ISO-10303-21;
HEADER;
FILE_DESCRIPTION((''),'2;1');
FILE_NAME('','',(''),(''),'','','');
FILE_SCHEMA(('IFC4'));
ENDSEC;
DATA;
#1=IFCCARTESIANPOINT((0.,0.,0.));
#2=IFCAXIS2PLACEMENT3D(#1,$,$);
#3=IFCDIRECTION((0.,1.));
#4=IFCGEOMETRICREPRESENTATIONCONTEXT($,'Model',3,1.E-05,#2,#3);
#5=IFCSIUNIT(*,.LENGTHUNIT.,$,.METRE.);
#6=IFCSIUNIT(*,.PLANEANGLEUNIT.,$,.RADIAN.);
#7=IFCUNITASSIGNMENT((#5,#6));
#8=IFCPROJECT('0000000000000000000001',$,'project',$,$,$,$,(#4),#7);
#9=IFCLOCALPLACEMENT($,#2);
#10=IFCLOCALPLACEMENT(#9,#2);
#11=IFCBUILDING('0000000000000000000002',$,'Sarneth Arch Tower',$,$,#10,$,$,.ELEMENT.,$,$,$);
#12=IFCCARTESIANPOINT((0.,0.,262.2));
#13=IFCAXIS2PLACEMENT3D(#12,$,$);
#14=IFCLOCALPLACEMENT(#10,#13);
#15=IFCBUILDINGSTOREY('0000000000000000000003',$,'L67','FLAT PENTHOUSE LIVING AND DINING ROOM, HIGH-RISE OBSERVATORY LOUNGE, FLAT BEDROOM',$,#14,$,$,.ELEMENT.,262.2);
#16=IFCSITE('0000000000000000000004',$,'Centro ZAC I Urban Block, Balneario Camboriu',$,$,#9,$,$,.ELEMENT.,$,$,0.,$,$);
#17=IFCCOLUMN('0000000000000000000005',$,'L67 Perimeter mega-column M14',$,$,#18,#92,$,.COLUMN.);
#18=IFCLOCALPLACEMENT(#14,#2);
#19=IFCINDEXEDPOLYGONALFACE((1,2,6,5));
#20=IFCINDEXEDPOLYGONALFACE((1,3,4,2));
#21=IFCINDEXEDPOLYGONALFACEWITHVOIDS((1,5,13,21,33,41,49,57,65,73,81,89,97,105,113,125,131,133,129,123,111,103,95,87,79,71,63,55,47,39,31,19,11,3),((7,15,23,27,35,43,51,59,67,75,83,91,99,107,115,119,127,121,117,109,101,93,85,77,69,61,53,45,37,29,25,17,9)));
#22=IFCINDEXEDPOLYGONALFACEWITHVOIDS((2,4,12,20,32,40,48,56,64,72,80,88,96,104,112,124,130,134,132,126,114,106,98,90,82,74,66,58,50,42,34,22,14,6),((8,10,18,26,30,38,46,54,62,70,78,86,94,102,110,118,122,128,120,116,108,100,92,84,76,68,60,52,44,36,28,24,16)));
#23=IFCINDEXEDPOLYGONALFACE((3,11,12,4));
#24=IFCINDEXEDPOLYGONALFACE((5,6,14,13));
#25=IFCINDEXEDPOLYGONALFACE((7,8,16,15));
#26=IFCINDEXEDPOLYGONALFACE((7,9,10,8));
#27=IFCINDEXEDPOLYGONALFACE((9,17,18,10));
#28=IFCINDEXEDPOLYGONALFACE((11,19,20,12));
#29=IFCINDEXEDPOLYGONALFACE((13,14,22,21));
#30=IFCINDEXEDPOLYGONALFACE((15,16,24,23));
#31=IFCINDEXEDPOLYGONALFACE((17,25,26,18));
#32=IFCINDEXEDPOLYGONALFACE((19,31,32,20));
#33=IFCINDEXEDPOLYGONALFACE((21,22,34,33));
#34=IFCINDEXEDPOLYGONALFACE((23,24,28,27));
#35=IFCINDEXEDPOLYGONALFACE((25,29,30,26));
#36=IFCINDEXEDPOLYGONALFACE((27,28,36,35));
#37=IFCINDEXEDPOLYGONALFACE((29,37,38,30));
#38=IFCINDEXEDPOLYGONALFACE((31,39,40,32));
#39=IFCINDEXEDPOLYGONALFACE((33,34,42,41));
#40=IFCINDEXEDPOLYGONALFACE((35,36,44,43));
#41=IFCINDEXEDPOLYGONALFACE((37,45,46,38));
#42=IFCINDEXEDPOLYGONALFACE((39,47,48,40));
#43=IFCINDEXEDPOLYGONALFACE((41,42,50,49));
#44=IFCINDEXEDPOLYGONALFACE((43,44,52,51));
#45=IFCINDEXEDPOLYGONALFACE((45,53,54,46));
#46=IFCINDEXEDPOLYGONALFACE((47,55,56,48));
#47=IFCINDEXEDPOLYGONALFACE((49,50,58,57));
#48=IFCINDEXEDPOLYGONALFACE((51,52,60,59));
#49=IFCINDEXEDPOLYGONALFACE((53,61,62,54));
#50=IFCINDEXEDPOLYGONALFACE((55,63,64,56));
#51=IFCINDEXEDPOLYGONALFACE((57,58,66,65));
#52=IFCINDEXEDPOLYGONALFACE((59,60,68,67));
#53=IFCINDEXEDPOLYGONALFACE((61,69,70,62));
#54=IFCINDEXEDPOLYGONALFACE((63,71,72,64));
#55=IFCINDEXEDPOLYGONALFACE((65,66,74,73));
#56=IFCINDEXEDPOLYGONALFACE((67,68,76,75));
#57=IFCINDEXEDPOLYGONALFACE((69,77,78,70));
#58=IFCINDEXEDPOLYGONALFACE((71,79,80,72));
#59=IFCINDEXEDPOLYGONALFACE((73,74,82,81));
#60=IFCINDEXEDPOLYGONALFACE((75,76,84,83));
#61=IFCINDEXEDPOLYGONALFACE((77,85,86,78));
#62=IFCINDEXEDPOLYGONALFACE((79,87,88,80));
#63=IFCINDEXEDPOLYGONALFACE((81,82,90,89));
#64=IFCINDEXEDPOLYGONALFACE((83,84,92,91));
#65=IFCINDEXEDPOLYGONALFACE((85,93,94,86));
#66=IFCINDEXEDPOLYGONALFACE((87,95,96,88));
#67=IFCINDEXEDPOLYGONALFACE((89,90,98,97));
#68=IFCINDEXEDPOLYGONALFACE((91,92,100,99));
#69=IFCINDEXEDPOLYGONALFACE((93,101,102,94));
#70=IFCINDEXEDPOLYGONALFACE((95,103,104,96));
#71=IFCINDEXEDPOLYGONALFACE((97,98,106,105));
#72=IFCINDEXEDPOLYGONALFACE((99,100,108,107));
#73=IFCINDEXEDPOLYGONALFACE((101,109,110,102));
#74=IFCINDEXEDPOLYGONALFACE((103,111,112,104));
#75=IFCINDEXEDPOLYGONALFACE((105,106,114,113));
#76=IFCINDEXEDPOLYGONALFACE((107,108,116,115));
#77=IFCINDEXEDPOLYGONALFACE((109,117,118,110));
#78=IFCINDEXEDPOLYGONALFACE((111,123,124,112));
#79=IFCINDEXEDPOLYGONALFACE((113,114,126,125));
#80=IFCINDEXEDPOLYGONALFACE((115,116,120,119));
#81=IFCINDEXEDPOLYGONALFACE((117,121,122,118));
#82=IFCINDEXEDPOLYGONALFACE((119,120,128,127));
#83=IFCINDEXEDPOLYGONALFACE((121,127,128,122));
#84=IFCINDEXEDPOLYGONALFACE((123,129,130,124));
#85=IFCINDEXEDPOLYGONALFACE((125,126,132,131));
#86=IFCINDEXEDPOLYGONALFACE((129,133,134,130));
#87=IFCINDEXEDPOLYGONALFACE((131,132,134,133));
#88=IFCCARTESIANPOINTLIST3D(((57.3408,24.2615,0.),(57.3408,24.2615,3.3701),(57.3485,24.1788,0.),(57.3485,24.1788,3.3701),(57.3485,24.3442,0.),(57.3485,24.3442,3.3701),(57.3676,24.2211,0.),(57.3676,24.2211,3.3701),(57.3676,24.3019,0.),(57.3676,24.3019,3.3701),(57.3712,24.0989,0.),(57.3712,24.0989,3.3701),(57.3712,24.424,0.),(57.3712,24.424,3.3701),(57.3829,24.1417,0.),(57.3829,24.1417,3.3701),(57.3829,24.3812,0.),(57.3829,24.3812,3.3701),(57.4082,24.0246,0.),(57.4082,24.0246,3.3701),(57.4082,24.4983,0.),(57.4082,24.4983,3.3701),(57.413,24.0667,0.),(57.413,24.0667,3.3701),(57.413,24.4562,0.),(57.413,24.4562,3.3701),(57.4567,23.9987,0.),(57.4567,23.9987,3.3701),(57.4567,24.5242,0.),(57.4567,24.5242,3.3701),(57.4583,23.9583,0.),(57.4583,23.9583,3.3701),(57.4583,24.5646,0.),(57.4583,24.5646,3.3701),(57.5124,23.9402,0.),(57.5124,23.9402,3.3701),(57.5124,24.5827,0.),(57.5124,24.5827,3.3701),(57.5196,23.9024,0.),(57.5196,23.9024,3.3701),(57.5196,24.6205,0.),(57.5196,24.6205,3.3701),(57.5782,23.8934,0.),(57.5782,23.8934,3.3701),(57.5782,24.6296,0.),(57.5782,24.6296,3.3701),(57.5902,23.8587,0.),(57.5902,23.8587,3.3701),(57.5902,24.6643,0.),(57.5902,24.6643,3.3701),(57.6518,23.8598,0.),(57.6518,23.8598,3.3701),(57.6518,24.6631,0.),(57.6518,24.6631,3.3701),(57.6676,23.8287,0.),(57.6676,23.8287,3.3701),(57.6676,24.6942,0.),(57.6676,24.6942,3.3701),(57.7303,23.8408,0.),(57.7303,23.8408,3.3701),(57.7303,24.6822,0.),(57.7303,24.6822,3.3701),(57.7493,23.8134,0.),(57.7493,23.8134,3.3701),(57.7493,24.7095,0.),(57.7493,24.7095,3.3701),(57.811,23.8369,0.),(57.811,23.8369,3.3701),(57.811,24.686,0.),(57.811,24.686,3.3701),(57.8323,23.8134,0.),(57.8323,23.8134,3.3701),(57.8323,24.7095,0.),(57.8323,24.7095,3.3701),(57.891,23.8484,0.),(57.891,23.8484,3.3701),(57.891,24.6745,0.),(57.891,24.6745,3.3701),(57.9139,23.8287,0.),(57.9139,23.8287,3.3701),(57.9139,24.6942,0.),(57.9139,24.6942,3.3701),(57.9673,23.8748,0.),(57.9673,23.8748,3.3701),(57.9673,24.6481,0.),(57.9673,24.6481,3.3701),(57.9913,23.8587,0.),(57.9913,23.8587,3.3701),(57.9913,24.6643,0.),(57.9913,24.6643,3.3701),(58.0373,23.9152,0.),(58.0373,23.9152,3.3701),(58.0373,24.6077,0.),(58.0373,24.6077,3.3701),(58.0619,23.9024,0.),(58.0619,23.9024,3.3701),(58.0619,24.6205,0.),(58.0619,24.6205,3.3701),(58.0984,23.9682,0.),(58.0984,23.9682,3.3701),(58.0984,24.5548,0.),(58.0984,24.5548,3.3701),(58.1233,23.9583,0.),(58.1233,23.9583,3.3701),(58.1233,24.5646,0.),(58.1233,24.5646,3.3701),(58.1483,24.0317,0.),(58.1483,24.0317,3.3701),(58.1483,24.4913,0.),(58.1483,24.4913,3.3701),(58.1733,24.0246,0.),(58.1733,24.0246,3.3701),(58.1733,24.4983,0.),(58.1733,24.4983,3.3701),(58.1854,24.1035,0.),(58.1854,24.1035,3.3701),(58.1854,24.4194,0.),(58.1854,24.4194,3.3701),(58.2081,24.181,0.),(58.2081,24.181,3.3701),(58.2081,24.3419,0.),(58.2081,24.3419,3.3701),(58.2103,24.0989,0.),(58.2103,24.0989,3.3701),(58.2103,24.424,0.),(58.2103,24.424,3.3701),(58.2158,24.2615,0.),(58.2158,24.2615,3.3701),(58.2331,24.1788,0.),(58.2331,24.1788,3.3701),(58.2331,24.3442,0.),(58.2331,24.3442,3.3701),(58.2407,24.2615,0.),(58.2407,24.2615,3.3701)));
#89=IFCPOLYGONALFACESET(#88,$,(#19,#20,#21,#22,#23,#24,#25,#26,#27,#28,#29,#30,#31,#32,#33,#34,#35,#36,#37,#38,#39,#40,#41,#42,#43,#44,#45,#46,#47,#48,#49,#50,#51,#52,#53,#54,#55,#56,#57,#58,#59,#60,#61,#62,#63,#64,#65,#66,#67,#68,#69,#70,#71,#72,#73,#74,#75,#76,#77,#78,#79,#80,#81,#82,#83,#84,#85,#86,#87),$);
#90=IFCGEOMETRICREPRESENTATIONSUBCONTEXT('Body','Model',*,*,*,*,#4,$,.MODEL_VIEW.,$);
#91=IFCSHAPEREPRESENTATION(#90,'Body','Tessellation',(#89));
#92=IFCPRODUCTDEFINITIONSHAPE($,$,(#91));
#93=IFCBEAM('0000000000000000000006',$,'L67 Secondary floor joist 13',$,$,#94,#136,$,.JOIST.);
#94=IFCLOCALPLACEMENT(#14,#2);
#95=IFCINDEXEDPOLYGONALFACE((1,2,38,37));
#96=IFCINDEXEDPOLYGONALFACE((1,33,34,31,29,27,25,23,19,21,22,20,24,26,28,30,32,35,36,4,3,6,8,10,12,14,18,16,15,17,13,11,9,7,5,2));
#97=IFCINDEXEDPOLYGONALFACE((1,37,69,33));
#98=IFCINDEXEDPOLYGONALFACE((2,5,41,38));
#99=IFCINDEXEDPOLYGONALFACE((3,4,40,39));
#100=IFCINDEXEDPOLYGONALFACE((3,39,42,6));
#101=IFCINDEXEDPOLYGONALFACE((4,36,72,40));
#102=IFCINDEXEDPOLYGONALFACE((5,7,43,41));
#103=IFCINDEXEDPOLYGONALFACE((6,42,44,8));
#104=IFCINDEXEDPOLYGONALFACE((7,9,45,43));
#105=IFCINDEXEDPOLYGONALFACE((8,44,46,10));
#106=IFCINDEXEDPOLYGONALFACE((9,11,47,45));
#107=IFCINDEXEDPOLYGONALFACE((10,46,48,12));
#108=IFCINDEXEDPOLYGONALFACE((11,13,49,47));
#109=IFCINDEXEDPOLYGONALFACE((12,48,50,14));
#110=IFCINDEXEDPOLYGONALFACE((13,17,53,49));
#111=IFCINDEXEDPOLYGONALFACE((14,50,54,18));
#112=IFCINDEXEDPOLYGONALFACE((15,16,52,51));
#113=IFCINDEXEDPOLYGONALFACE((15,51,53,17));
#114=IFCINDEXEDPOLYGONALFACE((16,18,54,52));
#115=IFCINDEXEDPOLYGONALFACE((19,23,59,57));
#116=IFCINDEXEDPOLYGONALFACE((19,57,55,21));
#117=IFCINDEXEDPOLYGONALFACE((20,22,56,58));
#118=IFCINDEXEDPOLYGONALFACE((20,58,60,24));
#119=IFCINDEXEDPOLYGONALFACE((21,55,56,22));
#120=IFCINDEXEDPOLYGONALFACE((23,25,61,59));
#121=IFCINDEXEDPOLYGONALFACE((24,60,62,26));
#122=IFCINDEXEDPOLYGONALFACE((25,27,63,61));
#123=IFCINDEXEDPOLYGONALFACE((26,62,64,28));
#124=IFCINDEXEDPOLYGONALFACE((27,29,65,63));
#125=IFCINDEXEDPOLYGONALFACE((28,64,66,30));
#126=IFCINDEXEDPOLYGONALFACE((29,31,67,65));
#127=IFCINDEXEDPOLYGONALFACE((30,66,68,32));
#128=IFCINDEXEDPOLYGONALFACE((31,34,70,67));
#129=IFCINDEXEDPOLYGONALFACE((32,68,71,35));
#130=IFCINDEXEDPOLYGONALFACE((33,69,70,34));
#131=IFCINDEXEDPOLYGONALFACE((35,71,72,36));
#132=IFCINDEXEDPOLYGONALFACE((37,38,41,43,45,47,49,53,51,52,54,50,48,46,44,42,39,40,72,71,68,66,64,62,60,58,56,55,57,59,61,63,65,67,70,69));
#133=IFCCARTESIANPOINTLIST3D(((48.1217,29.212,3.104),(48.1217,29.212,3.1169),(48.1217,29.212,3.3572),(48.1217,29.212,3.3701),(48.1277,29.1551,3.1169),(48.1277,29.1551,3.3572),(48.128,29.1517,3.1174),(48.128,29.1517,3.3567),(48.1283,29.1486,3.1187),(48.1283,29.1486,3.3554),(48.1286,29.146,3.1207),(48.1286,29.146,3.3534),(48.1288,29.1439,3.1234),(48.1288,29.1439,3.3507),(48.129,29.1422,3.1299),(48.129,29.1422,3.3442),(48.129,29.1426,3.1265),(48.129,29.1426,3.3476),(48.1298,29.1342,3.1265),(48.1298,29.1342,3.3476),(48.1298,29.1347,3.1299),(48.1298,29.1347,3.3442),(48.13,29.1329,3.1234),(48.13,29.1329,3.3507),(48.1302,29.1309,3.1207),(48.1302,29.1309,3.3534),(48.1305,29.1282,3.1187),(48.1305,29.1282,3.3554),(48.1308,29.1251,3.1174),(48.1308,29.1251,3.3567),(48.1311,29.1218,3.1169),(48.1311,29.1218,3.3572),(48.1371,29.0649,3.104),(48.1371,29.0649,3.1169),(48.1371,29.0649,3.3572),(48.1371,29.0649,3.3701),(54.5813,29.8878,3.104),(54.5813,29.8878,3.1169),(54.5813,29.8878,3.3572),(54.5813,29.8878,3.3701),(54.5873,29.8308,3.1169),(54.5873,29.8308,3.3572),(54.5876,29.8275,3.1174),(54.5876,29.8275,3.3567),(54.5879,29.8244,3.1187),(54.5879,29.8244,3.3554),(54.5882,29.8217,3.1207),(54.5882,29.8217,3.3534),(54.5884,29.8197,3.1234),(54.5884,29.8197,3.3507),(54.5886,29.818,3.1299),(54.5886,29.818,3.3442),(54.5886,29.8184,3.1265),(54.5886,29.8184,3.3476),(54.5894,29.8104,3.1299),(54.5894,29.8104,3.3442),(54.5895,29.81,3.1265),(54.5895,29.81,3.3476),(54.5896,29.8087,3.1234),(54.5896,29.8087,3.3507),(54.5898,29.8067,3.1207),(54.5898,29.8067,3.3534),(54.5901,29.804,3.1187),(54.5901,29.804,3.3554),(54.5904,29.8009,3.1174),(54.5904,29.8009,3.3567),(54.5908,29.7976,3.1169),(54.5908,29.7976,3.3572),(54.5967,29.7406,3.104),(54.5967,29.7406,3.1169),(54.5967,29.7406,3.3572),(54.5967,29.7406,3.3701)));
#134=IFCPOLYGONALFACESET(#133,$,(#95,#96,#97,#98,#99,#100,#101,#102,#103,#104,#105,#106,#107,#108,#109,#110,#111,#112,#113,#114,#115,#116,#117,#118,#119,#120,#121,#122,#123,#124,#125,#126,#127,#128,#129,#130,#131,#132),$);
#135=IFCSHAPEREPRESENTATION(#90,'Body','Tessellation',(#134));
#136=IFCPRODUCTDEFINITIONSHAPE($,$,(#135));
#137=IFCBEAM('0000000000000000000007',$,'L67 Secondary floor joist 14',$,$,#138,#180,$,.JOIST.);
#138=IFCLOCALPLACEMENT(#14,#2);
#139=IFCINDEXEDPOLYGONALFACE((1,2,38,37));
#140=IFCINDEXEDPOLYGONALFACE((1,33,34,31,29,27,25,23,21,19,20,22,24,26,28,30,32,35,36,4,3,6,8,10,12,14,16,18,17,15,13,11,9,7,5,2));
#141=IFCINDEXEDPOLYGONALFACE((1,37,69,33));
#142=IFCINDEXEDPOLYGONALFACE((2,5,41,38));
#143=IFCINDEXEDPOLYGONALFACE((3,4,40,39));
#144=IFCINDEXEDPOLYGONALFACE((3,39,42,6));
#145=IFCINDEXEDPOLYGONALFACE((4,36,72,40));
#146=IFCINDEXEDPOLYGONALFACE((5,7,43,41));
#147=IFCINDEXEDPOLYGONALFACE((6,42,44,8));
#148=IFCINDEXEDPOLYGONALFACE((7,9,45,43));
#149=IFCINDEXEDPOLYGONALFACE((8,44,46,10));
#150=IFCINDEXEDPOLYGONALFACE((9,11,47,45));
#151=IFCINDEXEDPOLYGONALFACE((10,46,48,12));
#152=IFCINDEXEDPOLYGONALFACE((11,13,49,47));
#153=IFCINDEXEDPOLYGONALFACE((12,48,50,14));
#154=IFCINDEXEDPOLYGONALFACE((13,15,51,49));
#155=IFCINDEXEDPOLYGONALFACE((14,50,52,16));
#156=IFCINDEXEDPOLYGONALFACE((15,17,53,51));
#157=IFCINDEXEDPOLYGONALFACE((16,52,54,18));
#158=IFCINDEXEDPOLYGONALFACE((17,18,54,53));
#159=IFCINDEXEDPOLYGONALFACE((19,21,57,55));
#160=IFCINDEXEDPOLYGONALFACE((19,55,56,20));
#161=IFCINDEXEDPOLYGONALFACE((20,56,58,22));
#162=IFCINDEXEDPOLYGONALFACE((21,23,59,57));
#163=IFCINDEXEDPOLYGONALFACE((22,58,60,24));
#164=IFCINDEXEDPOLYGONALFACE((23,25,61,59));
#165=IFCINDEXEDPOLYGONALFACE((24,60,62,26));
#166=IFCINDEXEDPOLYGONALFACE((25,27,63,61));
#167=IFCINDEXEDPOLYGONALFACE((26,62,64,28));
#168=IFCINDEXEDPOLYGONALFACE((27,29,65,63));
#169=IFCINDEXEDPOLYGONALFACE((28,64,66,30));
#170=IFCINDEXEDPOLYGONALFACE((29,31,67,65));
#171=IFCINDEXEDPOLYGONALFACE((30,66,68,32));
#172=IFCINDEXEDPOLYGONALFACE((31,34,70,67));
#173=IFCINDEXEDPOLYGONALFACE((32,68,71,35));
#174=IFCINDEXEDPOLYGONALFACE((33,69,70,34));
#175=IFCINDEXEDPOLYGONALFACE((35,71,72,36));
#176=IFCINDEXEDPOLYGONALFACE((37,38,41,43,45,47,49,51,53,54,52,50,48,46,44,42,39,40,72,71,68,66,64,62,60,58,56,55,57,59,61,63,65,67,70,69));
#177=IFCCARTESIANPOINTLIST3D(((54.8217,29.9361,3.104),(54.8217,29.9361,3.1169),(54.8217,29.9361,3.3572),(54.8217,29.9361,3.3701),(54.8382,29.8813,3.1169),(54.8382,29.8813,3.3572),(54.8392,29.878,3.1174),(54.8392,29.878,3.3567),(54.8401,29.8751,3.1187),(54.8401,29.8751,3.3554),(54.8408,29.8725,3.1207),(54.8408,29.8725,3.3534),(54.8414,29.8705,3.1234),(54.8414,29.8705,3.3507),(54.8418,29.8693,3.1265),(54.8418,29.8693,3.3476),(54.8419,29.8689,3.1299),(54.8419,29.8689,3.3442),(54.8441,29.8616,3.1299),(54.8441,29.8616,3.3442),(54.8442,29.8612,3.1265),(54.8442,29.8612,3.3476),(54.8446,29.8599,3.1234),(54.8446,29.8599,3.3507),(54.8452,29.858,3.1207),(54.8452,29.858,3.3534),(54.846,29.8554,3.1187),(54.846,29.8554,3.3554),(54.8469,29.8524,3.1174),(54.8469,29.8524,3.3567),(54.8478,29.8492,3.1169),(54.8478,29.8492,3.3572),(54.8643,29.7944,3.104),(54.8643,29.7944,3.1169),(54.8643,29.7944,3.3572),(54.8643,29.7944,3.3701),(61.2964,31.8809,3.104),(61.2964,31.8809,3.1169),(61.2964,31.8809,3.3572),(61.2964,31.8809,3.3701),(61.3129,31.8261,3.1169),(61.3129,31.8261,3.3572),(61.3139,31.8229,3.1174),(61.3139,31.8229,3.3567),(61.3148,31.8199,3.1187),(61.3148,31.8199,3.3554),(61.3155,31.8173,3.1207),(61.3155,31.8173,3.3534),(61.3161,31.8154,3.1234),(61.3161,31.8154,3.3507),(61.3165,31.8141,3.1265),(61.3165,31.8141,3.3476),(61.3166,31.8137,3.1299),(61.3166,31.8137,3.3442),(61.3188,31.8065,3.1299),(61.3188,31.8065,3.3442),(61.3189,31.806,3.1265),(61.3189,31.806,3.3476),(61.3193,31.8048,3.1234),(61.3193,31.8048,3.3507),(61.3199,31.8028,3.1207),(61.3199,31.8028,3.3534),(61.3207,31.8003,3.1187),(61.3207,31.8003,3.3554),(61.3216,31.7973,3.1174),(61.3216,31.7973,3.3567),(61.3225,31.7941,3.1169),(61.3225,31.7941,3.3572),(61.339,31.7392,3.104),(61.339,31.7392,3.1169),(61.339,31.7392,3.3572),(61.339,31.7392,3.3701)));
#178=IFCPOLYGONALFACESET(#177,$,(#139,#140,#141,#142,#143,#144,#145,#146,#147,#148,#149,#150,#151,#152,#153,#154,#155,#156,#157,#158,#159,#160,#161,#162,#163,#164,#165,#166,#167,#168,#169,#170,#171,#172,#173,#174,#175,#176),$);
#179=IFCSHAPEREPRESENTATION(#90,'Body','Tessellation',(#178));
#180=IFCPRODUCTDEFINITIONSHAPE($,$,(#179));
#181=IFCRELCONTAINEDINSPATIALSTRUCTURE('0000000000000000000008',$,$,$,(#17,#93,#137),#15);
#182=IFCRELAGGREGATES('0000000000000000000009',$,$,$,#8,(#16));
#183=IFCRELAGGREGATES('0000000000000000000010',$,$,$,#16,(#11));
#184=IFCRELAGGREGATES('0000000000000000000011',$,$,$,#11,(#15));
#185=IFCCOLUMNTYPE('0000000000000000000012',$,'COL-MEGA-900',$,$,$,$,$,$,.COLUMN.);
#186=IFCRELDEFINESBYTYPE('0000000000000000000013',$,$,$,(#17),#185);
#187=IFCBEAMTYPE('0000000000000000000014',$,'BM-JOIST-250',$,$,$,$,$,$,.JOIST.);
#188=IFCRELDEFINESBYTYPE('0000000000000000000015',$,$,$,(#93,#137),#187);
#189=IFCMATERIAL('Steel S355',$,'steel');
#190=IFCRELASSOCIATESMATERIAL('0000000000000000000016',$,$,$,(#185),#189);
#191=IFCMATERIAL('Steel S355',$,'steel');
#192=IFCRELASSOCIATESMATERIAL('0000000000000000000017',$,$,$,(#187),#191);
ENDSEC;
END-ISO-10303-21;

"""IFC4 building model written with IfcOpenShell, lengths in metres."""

from ifc_helpers import new_model, si_unit, direction, frame, origin, origin_2d, place, context, subcontext, project, spatial, hollow_circle, i_section, extrude, material, material_profile, profile_set, type_object, element, save


model = new_model("IFC4")

# Units and contexts
model_context = context("Model", 3, precision=1e-05, world=origin(), true_north=direction((0.0, 1.0)))
body_context = subcontext(model_context, "Body", "Model", "MODEL_VIEW")
ifc_project = project(units=[si_unit("LENGTHUNIT", "METRE"), si_unit("PLANEANGLEUNIT", "RADIAN")], contexts=[model_context])

# Site, building, storey
site_placement = place(None, origin())
site = spatial("IfcSite", under=ifc_project, at=site_placement, Name="Centro ZAC I Urban Block, Balneario Camboriu", CompositionType="ELEMENT", RefElevation=0.0)
building_placement = place(site_placement, origin())
building = spatial("IfcBuilding", under=site, at=building_placement, Name="Sarneth Arch Tower", CompositionType="ELEMENT")
storey_placement = place(building_placement, frame((0.0, 0.0, 262.2)))
storey = spatial("IfcBuildingStorey", under=building, at=storey_placement, Name="L67", Description="FLAT PENTHOUSE LIVING AND DINING ROOM, HIGH-RISE OBSERVATORY LOUNGE, FLAT BEDROOM", CompositionType="ELEMENT", Elevation=262.2)

# Column
ifc_material_1 = material(Name="Steel S355", Category="steel")
ifc_material_profile_1 = material_profile(ifc_material_1, hollow_circle(Radius=0.45, WallThickness=0.0249, at=origin_2d()), Name="CHS900x25")
ifc_profile_set_1 = profile_set([ifc_material_profile_1], Name="Steel S355")
column_type = type_object("IfcColumnType", Name="COL-MEGA-900", PredefinedType="COLUMN", material=ifc_profile_set_1)
column_placement = place(storey_placement, frame((57.7908, 24.2615, 0.0), z_axis=(0.0, 0.0, 1.0), x_axis=(1.0, 0.0, 0.0)))
element("IfcColumn", 1, at=column_placement, inside=storey, type_object=column_type, Name="L67 Perimeter mega-column M14", PredefinedType="COLUMN", context=body_context, shape_type="SweptSolid", body=[
    extrude(hollow_circle(Radius=0.45, WallThickness=0.0249, at=origin_2d()), origin(), (0.0, 0.0, 1.0), 3.3701),
])

# Beams
ifc_material_2 = material(Name="Steel S355", Category="steel")
ifc_material_profile_2 = material_profile(ifc_material_2, i_section(OverallWidth=0.1479, OverallDepth=0.2661, WebThickness=0.0076, FlangeThickness=0.0129, FilletRadius=0.0129, at=origin_2d()), Name="W250x44.8")
ifc_profile_set_2 = profile_set([ifc_material_profile_2], Name="Steel S355")
beam_type_1 = type_object("IfcBeamType", Name="BM-JOIST-250", PredefinedType="JOIST", material=ifc_profile_set_2)
beam_1_placement = place(storey_placement, frame((48.1294, 29.1384, 3.2371), z_axis=(0.994572, 0.104047, 0.0), x_axis=(-0.104047, 0.994572, 0.0)))
element("IfcBeam", 2, at=beam_1_placement, inside=storey, type_object=beam_type_1, Name="L67 Secondary floor joist 13", PredefinedType="JOIST", context=body_context, shape_type="SweptSolid", body=[
    extrude(i_section(OverallWidth=0.1479, OverallDepth=0.2661, WebThickness=0.0076, FlangeThickness=0.0129, FilletRadius=0.0129, at=origin_2d()), origin(), (0.0, 0.0, 1.0), 6.4949),
])
beam_2_placement = place(storey_placement, frame((54.843, 29.8652, 3.2371), z_axis=(0.957727, 0.287679, 0.0), x_axis=(-0.287679, 0.957727, 0.0)))
element("IfcBeam", 3, at=beam_2_placement, inside=storey, type_object=beam_type_1, Name="L67 Secondary floor joist 14", PredefinedType="JOIST", context=body_context, shape_type="SweptSolid", body=[
    extrude(i_section(OverallWidth=0.1479, OverallDepth=0.2661, WebThickness=0.0076, FlangeThickness=0.0129, FilletRadius=0.0129, at=origin_2d()), origin(), (0.0, 0.0, 1.0), 6.7605),
])

save(model, "model.ifc")
